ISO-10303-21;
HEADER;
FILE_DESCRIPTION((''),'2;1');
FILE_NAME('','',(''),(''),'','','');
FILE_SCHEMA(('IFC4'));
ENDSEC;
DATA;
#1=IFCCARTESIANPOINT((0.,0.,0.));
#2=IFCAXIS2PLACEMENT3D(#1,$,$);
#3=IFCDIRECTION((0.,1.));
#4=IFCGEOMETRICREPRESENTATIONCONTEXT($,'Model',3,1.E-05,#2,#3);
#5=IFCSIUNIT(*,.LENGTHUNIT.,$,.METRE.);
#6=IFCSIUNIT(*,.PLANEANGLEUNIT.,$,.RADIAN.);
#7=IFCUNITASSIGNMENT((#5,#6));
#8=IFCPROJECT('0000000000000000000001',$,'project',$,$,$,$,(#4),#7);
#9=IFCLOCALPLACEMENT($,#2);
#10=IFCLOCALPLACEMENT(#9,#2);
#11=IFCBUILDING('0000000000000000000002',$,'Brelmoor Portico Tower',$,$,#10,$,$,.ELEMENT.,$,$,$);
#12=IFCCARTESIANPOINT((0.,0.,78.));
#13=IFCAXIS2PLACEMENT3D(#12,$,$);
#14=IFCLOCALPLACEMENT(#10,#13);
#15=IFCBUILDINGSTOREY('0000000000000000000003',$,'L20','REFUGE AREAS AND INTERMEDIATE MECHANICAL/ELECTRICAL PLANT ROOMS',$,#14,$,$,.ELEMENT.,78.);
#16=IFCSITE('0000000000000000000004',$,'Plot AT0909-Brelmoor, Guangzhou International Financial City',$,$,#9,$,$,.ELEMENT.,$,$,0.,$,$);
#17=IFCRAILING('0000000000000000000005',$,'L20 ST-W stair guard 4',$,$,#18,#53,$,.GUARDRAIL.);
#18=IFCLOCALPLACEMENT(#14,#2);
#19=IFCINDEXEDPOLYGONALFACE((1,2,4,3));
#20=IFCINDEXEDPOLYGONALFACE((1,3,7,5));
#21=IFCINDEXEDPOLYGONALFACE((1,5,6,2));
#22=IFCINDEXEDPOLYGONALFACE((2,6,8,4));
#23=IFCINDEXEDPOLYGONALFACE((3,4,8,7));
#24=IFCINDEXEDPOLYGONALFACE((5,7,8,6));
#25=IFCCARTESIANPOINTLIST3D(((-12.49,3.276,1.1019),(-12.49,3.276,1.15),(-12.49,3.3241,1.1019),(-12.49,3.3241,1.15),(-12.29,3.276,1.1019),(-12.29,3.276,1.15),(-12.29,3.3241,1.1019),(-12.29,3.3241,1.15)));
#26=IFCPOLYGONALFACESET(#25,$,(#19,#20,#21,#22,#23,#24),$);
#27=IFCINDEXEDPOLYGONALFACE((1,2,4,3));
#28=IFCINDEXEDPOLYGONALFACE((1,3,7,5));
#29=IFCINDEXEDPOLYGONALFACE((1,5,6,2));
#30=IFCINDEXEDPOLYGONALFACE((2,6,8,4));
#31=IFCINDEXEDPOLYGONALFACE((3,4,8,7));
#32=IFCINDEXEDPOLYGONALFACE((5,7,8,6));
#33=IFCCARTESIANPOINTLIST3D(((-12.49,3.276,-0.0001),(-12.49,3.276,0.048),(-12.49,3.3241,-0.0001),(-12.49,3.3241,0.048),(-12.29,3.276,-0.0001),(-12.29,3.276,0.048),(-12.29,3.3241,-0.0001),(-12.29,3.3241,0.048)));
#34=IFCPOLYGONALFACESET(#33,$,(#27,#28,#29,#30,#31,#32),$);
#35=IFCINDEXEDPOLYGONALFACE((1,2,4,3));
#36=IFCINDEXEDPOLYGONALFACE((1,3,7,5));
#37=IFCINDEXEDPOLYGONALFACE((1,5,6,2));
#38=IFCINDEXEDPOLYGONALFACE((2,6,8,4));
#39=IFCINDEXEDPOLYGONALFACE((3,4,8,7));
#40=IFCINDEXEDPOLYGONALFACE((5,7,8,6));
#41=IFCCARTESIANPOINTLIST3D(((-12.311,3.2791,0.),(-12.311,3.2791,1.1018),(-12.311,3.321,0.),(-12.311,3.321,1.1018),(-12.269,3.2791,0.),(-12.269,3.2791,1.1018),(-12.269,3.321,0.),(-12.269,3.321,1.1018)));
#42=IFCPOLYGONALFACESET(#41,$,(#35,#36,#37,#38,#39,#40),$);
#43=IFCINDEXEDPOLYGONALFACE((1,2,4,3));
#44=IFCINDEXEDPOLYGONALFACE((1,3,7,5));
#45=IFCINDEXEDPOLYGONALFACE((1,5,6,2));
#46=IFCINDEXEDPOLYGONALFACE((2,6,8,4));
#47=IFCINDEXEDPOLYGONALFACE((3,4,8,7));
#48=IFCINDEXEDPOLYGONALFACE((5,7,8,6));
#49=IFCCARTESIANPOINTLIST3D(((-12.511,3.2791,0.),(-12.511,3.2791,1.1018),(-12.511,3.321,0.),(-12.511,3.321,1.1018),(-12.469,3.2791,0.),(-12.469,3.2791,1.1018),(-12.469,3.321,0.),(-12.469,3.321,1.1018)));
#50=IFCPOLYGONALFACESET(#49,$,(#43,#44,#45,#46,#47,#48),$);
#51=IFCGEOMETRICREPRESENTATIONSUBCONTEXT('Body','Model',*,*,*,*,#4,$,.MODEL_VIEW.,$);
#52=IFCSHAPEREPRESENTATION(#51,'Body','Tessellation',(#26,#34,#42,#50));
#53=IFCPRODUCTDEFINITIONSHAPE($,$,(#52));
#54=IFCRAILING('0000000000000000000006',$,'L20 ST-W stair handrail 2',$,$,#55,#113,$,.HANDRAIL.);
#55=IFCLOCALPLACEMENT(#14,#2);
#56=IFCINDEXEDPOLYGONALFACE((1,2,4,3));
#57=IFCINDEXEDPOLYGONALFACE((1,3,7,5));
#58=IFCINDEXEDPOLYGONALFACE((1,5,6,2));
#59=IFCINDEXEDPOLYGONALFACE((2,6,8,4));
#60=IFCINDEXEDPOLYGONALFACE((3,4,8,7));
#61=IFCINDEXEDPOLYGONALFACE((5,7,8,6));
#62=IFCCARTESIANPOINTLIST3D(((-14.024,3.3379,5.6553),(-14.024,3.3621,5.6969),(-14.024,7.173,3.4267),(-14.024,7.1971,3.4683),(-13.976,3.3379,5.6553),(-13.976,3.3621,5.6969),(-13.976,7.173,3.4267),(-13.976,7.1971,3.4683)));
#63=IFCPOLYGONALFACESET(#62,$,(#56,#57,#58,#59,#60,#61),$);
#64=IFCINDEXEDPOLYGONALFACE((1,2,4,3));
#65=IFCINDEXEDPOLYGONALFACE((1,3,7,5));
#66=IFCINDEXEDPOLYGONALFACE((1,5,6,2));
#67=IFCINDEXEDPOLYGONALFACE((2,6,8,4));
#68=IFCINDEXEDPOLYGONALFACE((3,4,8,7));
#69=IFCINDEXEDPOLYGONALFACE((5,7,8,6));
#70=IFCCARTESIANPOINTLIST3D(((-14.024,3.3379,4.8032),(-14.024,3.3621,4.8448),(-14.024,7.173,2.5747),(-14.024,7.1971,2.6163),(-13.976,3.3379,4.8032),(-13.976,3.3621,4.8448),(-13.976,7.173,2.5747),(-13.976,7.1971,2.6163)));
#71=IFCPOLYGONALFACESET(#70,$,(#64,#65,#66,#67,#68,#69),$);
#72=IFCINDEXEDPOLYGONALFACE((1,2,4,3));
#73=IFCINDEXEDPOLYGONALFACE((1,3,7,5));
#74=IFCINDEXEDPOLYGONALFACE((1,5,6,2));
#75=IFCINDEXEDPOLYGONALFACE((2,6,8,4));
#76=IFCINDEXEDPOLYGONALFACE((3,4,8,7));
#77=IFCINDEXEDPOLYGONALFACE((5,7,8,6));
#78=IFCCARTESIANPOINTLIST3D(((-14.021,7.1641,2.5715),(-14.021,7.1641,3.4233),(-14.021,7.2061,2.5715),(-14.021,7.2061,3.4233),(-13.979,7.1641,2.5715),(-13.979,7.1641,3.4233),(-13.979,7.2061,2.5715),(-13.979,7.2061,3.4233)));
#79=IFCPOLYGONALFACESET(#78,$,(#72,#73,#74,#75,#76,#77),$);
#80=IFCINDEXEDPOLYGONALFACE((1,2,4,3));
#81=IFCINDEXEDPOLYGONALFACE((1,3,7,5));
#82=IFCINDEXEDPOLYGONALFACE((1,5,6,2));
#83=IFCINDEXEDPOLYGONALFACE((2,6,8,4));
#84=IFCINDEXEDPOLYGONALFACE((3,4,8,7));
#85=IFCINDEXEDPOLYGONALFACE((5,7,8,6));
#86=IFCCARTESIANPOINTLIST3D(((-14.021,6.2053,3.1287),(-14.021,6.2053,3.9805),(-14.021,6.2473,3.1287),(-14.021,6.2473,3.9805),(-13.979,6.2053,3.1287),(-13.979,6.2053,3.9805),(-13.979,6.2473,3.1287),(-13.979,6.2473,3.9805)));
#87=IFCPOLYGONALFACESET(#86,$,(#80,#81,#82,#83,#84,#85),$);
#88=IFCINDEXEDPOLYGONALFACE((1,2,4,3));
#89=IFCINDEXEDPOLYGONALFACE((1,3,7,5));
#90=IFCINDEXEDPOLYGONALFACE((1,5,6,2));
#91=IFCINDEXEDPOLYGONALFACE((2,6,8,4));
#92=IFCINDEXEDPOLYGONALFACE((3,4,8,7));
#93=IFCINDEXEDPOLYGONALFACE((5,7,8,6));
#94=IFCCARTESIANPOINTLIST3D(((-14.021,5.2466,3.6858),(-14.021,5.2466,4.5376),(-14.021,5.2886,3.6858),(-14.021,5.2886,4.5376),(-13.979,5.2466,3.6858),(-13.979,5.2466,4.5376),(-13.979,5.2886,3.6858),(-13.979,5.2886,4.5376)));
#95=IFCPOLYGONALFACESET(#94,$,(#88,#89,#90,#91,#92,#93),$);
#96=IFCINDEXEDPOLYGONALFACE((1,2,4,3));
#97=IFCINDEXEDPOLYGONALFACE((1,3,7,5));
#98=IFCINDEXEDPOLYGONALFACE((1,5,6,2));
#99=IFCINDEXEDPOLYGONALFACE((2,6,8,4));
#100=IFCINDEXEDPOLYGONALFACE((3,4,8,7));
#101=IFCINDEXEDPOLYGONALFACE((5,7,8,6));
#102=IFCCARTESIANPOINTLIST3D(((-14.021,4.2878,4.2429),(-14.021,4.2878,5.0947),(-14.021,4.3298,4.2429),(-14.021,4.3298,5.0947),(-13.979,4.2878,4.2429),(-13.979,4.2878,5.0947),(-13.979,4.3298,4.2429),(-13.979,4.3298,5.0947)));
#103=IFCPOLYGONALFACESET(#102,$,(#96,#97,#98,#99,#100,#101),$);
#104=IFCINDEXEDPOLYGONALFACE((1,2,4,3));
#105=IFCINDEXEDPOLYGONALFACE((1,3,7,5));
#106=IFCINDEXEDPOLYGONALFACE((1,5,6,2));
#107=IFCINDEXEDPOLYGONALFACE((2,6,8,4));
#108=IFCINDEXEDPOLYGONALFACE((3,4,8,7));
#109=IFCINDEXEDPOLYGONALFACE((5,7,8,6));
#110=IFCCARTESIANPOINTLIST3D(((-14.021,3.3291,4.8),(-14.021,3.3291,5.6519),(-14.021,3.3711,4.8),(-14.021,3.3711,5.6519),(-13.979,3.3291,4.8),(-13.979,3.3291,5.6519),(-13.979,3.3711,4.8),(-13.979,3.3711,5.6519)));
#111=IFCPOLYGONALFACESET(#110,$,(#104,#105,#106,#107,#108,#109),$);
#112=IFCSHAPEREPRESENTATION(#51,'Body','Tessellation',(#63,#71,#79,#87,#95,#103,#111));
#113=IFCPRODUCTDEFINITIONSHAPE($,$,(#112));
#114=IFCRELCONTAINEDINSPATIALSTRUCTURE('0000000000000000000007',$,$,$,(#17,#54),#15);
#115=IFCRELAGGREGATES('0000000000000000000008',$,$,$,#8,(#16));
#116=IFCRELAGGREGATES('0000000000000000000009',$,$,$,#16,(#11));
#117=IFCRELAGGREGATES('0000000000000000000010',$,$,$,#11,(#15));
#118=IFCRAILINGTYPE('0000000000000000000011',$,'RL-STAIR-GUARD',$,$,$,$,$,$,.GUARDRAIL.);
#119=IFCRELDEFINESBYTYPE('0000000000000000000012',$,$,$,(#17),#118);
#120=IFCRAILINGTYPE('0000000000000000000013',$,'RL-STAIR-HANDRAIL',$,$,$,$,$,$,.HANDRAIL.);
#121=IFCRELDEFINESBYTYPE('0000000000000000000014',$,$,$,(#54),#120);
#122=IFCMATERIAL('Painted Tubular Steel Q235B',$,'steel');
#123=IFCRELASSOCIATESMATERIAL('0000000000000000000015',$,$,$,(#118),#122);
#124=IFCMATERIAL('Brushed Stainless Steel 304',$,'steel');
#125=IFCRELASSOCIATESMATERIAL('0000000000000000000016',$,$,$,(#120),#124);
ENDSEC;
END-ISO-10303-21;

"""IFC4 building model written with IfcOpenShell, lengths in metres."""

from ifc_helpers import new_model, si_unit, direction, frame, origin, origin_2d, place, context, subcontext, project, spatial, rectangle, extrude, material, type_object, element, save


model = new_model("IFC4")

# Units and contexts
model_context = context("Model", 3, precision=1e-05, world=origin(), true_north=direction((0.0, 1.0)))
body_context = subcontext(model_context, "Body", "Model", "MODEL_VIEW")
ifc_project = project(units=[si_unit("LENGTHUNIT", "METRE"), si_unit("PLANEANGLEUNIT", "RADIAN")], contexts=[model_context])

# Site, building, storey
site_placement = place(None, origin())
site = spatial("IfcSite", under=ifc_project, at=site_placement, Name="Plot AT0909-Brelmoor, Guangzhou International Financial City", CompositionType="ELEMENT", RefElevation=0.0)
building_placement = place(site_placement, origin())
building = spatial("IfcBuilding", under=site, at=building_placement, Name="Brelmoor Portico Tower", CompositionType="ELEMENT")
storey_placement = place(building_placement, frame((0.0, 0.0, 78.0)))
storey = spatial("IfcBuildingStorey", under=building, at=storey_placement, Name="L20", Description="REFUGE AREAS AND INTERMEDIATE MECHANICAL/ELECTRICAL PLANT ROOMS", CompositionType="ELEMENT", Elevation=78.0)

# Railings
ifc_material_1 = material(Name="Painted Tubular Steel Q235B", Category="steel")
railing_type_1 = type_object("IfcRailingType", Name="RL-STAIR-GUARD", PredefinedType="GUARDRAIL", material=ifc_material_1)
railing_1_placement = place(storey_placement, frame((-12.29, 3.3, 0.0)))
element("IfcRailing", 1, at=railing_1_placement, inside=storey, type_object=railing_type_1, Name="L20 ST-W stair guard 4", PredefinedType="GUARDRAIL", context=body_context, shape_type="SweptSolid", body=[
    extrude(rectangle(XDim=0.0481, YDim=0.0481, at=origin_2d()), frame((0.0, 0.0, 1.126), z_axis=(-1.0, 0.0, 0.0), x_axis=(0.0, -1.0, 0.0)), (0.0, 0.0, 1.0), 0.2),
    extrude(rectangle(XDim=0.0481, YDim=0.0481, at=origin_2d()), frame((0.0, 0.0, 0.0239), z_axis=(-1.0, 0.0, 0.0), x_axis=(0.0, -1.0, 0.0)), (0.0, 0.0, 1.0), 0.2),
    extrude(rectangle(XDim=0.042, YDim=0.042, at=origin_2d()), origin(), (0.0, 0.0, 1.0), 1.1018),
    extrude(rectangle(XDim=0.042, YDim=0.042, at=origin_2d()), frame((-0.2, 0.0, 0.0)), (0.0, 0.0, 1.0), 1.1018),
])
ifc_material_2 = material(Name="Brushed Stainless Steel 304", Category="steel")
railing_type_2 = type_object("IfcRailingType", Name="RL-STAIR-HANDRAIL", PredefinedType="HANDRAIL", material=ifc_material_2)
railing_2_placement = place(storey_placement, frame((-14.0, 7.1851, 2.5715)))
element("IfcRailing", 2, at=railing_2_placement, inside=storey, type_object=railing_type_2, Name="L20 ST-W stair handrail 2", PredefinedType="HANDRAIL", context=body_context, shape_type="SweptSolid", body=[
    extrude(rectangle(XDim=0.0481, YDim=0.0481, at=origin_2d()), frame((0.0, 0.0, 0.876), z_axis=(0.0, -0.864616, 0.502433), x_axis=(1.0, 0.0, 0.0)), (0.0, 0.0, 1.0), 4.4355),
    extrude(rectangle(XDim=0.0481, YDim=0.0481, at=origin_2d()), frame((0.0, 0.0, 0.0239), z_axis=(0.0, -0.864616, 0.502433), x_axis=(1.0, 0.0, 0.0)), (0.0, 0.0, 1.0), 4.4355),
    extrude(rectangle(XDim=0.042, YDim=0.042, at=origin_2d()), origin(), (0.0, 0.0, 1.0), 0.8518),
    extrude(rectangle(XDim=0.042, YDim=0.042, at=origin_2d()), frame((0.0, -0.9587, 0.5571)), (0.0, 0.0, 1.0), 0.8518),
    extrude(rectangle(XDim=0.042, YDim=0.042, at=origin_2d()), frame((0.0, -1.9175, 1.1143)), (0.0, 0.0, 1.0), 0.8518),
    extrude(rectangle(XDim=0.042, YDim=0.042, at=origin_2d()), frame((0.0, -2.8762, 1.6714)), (0.0, 0.0, 1.0), 0.8518),
    extrude(rectangle(XDim=0.042, YDim=0.042, at=origin_2d()), frame((0.0, -3.835, 2.2285)), (0.0, 0.0, 1.0), 0.8518),
])

save(model, "model.ifc")
